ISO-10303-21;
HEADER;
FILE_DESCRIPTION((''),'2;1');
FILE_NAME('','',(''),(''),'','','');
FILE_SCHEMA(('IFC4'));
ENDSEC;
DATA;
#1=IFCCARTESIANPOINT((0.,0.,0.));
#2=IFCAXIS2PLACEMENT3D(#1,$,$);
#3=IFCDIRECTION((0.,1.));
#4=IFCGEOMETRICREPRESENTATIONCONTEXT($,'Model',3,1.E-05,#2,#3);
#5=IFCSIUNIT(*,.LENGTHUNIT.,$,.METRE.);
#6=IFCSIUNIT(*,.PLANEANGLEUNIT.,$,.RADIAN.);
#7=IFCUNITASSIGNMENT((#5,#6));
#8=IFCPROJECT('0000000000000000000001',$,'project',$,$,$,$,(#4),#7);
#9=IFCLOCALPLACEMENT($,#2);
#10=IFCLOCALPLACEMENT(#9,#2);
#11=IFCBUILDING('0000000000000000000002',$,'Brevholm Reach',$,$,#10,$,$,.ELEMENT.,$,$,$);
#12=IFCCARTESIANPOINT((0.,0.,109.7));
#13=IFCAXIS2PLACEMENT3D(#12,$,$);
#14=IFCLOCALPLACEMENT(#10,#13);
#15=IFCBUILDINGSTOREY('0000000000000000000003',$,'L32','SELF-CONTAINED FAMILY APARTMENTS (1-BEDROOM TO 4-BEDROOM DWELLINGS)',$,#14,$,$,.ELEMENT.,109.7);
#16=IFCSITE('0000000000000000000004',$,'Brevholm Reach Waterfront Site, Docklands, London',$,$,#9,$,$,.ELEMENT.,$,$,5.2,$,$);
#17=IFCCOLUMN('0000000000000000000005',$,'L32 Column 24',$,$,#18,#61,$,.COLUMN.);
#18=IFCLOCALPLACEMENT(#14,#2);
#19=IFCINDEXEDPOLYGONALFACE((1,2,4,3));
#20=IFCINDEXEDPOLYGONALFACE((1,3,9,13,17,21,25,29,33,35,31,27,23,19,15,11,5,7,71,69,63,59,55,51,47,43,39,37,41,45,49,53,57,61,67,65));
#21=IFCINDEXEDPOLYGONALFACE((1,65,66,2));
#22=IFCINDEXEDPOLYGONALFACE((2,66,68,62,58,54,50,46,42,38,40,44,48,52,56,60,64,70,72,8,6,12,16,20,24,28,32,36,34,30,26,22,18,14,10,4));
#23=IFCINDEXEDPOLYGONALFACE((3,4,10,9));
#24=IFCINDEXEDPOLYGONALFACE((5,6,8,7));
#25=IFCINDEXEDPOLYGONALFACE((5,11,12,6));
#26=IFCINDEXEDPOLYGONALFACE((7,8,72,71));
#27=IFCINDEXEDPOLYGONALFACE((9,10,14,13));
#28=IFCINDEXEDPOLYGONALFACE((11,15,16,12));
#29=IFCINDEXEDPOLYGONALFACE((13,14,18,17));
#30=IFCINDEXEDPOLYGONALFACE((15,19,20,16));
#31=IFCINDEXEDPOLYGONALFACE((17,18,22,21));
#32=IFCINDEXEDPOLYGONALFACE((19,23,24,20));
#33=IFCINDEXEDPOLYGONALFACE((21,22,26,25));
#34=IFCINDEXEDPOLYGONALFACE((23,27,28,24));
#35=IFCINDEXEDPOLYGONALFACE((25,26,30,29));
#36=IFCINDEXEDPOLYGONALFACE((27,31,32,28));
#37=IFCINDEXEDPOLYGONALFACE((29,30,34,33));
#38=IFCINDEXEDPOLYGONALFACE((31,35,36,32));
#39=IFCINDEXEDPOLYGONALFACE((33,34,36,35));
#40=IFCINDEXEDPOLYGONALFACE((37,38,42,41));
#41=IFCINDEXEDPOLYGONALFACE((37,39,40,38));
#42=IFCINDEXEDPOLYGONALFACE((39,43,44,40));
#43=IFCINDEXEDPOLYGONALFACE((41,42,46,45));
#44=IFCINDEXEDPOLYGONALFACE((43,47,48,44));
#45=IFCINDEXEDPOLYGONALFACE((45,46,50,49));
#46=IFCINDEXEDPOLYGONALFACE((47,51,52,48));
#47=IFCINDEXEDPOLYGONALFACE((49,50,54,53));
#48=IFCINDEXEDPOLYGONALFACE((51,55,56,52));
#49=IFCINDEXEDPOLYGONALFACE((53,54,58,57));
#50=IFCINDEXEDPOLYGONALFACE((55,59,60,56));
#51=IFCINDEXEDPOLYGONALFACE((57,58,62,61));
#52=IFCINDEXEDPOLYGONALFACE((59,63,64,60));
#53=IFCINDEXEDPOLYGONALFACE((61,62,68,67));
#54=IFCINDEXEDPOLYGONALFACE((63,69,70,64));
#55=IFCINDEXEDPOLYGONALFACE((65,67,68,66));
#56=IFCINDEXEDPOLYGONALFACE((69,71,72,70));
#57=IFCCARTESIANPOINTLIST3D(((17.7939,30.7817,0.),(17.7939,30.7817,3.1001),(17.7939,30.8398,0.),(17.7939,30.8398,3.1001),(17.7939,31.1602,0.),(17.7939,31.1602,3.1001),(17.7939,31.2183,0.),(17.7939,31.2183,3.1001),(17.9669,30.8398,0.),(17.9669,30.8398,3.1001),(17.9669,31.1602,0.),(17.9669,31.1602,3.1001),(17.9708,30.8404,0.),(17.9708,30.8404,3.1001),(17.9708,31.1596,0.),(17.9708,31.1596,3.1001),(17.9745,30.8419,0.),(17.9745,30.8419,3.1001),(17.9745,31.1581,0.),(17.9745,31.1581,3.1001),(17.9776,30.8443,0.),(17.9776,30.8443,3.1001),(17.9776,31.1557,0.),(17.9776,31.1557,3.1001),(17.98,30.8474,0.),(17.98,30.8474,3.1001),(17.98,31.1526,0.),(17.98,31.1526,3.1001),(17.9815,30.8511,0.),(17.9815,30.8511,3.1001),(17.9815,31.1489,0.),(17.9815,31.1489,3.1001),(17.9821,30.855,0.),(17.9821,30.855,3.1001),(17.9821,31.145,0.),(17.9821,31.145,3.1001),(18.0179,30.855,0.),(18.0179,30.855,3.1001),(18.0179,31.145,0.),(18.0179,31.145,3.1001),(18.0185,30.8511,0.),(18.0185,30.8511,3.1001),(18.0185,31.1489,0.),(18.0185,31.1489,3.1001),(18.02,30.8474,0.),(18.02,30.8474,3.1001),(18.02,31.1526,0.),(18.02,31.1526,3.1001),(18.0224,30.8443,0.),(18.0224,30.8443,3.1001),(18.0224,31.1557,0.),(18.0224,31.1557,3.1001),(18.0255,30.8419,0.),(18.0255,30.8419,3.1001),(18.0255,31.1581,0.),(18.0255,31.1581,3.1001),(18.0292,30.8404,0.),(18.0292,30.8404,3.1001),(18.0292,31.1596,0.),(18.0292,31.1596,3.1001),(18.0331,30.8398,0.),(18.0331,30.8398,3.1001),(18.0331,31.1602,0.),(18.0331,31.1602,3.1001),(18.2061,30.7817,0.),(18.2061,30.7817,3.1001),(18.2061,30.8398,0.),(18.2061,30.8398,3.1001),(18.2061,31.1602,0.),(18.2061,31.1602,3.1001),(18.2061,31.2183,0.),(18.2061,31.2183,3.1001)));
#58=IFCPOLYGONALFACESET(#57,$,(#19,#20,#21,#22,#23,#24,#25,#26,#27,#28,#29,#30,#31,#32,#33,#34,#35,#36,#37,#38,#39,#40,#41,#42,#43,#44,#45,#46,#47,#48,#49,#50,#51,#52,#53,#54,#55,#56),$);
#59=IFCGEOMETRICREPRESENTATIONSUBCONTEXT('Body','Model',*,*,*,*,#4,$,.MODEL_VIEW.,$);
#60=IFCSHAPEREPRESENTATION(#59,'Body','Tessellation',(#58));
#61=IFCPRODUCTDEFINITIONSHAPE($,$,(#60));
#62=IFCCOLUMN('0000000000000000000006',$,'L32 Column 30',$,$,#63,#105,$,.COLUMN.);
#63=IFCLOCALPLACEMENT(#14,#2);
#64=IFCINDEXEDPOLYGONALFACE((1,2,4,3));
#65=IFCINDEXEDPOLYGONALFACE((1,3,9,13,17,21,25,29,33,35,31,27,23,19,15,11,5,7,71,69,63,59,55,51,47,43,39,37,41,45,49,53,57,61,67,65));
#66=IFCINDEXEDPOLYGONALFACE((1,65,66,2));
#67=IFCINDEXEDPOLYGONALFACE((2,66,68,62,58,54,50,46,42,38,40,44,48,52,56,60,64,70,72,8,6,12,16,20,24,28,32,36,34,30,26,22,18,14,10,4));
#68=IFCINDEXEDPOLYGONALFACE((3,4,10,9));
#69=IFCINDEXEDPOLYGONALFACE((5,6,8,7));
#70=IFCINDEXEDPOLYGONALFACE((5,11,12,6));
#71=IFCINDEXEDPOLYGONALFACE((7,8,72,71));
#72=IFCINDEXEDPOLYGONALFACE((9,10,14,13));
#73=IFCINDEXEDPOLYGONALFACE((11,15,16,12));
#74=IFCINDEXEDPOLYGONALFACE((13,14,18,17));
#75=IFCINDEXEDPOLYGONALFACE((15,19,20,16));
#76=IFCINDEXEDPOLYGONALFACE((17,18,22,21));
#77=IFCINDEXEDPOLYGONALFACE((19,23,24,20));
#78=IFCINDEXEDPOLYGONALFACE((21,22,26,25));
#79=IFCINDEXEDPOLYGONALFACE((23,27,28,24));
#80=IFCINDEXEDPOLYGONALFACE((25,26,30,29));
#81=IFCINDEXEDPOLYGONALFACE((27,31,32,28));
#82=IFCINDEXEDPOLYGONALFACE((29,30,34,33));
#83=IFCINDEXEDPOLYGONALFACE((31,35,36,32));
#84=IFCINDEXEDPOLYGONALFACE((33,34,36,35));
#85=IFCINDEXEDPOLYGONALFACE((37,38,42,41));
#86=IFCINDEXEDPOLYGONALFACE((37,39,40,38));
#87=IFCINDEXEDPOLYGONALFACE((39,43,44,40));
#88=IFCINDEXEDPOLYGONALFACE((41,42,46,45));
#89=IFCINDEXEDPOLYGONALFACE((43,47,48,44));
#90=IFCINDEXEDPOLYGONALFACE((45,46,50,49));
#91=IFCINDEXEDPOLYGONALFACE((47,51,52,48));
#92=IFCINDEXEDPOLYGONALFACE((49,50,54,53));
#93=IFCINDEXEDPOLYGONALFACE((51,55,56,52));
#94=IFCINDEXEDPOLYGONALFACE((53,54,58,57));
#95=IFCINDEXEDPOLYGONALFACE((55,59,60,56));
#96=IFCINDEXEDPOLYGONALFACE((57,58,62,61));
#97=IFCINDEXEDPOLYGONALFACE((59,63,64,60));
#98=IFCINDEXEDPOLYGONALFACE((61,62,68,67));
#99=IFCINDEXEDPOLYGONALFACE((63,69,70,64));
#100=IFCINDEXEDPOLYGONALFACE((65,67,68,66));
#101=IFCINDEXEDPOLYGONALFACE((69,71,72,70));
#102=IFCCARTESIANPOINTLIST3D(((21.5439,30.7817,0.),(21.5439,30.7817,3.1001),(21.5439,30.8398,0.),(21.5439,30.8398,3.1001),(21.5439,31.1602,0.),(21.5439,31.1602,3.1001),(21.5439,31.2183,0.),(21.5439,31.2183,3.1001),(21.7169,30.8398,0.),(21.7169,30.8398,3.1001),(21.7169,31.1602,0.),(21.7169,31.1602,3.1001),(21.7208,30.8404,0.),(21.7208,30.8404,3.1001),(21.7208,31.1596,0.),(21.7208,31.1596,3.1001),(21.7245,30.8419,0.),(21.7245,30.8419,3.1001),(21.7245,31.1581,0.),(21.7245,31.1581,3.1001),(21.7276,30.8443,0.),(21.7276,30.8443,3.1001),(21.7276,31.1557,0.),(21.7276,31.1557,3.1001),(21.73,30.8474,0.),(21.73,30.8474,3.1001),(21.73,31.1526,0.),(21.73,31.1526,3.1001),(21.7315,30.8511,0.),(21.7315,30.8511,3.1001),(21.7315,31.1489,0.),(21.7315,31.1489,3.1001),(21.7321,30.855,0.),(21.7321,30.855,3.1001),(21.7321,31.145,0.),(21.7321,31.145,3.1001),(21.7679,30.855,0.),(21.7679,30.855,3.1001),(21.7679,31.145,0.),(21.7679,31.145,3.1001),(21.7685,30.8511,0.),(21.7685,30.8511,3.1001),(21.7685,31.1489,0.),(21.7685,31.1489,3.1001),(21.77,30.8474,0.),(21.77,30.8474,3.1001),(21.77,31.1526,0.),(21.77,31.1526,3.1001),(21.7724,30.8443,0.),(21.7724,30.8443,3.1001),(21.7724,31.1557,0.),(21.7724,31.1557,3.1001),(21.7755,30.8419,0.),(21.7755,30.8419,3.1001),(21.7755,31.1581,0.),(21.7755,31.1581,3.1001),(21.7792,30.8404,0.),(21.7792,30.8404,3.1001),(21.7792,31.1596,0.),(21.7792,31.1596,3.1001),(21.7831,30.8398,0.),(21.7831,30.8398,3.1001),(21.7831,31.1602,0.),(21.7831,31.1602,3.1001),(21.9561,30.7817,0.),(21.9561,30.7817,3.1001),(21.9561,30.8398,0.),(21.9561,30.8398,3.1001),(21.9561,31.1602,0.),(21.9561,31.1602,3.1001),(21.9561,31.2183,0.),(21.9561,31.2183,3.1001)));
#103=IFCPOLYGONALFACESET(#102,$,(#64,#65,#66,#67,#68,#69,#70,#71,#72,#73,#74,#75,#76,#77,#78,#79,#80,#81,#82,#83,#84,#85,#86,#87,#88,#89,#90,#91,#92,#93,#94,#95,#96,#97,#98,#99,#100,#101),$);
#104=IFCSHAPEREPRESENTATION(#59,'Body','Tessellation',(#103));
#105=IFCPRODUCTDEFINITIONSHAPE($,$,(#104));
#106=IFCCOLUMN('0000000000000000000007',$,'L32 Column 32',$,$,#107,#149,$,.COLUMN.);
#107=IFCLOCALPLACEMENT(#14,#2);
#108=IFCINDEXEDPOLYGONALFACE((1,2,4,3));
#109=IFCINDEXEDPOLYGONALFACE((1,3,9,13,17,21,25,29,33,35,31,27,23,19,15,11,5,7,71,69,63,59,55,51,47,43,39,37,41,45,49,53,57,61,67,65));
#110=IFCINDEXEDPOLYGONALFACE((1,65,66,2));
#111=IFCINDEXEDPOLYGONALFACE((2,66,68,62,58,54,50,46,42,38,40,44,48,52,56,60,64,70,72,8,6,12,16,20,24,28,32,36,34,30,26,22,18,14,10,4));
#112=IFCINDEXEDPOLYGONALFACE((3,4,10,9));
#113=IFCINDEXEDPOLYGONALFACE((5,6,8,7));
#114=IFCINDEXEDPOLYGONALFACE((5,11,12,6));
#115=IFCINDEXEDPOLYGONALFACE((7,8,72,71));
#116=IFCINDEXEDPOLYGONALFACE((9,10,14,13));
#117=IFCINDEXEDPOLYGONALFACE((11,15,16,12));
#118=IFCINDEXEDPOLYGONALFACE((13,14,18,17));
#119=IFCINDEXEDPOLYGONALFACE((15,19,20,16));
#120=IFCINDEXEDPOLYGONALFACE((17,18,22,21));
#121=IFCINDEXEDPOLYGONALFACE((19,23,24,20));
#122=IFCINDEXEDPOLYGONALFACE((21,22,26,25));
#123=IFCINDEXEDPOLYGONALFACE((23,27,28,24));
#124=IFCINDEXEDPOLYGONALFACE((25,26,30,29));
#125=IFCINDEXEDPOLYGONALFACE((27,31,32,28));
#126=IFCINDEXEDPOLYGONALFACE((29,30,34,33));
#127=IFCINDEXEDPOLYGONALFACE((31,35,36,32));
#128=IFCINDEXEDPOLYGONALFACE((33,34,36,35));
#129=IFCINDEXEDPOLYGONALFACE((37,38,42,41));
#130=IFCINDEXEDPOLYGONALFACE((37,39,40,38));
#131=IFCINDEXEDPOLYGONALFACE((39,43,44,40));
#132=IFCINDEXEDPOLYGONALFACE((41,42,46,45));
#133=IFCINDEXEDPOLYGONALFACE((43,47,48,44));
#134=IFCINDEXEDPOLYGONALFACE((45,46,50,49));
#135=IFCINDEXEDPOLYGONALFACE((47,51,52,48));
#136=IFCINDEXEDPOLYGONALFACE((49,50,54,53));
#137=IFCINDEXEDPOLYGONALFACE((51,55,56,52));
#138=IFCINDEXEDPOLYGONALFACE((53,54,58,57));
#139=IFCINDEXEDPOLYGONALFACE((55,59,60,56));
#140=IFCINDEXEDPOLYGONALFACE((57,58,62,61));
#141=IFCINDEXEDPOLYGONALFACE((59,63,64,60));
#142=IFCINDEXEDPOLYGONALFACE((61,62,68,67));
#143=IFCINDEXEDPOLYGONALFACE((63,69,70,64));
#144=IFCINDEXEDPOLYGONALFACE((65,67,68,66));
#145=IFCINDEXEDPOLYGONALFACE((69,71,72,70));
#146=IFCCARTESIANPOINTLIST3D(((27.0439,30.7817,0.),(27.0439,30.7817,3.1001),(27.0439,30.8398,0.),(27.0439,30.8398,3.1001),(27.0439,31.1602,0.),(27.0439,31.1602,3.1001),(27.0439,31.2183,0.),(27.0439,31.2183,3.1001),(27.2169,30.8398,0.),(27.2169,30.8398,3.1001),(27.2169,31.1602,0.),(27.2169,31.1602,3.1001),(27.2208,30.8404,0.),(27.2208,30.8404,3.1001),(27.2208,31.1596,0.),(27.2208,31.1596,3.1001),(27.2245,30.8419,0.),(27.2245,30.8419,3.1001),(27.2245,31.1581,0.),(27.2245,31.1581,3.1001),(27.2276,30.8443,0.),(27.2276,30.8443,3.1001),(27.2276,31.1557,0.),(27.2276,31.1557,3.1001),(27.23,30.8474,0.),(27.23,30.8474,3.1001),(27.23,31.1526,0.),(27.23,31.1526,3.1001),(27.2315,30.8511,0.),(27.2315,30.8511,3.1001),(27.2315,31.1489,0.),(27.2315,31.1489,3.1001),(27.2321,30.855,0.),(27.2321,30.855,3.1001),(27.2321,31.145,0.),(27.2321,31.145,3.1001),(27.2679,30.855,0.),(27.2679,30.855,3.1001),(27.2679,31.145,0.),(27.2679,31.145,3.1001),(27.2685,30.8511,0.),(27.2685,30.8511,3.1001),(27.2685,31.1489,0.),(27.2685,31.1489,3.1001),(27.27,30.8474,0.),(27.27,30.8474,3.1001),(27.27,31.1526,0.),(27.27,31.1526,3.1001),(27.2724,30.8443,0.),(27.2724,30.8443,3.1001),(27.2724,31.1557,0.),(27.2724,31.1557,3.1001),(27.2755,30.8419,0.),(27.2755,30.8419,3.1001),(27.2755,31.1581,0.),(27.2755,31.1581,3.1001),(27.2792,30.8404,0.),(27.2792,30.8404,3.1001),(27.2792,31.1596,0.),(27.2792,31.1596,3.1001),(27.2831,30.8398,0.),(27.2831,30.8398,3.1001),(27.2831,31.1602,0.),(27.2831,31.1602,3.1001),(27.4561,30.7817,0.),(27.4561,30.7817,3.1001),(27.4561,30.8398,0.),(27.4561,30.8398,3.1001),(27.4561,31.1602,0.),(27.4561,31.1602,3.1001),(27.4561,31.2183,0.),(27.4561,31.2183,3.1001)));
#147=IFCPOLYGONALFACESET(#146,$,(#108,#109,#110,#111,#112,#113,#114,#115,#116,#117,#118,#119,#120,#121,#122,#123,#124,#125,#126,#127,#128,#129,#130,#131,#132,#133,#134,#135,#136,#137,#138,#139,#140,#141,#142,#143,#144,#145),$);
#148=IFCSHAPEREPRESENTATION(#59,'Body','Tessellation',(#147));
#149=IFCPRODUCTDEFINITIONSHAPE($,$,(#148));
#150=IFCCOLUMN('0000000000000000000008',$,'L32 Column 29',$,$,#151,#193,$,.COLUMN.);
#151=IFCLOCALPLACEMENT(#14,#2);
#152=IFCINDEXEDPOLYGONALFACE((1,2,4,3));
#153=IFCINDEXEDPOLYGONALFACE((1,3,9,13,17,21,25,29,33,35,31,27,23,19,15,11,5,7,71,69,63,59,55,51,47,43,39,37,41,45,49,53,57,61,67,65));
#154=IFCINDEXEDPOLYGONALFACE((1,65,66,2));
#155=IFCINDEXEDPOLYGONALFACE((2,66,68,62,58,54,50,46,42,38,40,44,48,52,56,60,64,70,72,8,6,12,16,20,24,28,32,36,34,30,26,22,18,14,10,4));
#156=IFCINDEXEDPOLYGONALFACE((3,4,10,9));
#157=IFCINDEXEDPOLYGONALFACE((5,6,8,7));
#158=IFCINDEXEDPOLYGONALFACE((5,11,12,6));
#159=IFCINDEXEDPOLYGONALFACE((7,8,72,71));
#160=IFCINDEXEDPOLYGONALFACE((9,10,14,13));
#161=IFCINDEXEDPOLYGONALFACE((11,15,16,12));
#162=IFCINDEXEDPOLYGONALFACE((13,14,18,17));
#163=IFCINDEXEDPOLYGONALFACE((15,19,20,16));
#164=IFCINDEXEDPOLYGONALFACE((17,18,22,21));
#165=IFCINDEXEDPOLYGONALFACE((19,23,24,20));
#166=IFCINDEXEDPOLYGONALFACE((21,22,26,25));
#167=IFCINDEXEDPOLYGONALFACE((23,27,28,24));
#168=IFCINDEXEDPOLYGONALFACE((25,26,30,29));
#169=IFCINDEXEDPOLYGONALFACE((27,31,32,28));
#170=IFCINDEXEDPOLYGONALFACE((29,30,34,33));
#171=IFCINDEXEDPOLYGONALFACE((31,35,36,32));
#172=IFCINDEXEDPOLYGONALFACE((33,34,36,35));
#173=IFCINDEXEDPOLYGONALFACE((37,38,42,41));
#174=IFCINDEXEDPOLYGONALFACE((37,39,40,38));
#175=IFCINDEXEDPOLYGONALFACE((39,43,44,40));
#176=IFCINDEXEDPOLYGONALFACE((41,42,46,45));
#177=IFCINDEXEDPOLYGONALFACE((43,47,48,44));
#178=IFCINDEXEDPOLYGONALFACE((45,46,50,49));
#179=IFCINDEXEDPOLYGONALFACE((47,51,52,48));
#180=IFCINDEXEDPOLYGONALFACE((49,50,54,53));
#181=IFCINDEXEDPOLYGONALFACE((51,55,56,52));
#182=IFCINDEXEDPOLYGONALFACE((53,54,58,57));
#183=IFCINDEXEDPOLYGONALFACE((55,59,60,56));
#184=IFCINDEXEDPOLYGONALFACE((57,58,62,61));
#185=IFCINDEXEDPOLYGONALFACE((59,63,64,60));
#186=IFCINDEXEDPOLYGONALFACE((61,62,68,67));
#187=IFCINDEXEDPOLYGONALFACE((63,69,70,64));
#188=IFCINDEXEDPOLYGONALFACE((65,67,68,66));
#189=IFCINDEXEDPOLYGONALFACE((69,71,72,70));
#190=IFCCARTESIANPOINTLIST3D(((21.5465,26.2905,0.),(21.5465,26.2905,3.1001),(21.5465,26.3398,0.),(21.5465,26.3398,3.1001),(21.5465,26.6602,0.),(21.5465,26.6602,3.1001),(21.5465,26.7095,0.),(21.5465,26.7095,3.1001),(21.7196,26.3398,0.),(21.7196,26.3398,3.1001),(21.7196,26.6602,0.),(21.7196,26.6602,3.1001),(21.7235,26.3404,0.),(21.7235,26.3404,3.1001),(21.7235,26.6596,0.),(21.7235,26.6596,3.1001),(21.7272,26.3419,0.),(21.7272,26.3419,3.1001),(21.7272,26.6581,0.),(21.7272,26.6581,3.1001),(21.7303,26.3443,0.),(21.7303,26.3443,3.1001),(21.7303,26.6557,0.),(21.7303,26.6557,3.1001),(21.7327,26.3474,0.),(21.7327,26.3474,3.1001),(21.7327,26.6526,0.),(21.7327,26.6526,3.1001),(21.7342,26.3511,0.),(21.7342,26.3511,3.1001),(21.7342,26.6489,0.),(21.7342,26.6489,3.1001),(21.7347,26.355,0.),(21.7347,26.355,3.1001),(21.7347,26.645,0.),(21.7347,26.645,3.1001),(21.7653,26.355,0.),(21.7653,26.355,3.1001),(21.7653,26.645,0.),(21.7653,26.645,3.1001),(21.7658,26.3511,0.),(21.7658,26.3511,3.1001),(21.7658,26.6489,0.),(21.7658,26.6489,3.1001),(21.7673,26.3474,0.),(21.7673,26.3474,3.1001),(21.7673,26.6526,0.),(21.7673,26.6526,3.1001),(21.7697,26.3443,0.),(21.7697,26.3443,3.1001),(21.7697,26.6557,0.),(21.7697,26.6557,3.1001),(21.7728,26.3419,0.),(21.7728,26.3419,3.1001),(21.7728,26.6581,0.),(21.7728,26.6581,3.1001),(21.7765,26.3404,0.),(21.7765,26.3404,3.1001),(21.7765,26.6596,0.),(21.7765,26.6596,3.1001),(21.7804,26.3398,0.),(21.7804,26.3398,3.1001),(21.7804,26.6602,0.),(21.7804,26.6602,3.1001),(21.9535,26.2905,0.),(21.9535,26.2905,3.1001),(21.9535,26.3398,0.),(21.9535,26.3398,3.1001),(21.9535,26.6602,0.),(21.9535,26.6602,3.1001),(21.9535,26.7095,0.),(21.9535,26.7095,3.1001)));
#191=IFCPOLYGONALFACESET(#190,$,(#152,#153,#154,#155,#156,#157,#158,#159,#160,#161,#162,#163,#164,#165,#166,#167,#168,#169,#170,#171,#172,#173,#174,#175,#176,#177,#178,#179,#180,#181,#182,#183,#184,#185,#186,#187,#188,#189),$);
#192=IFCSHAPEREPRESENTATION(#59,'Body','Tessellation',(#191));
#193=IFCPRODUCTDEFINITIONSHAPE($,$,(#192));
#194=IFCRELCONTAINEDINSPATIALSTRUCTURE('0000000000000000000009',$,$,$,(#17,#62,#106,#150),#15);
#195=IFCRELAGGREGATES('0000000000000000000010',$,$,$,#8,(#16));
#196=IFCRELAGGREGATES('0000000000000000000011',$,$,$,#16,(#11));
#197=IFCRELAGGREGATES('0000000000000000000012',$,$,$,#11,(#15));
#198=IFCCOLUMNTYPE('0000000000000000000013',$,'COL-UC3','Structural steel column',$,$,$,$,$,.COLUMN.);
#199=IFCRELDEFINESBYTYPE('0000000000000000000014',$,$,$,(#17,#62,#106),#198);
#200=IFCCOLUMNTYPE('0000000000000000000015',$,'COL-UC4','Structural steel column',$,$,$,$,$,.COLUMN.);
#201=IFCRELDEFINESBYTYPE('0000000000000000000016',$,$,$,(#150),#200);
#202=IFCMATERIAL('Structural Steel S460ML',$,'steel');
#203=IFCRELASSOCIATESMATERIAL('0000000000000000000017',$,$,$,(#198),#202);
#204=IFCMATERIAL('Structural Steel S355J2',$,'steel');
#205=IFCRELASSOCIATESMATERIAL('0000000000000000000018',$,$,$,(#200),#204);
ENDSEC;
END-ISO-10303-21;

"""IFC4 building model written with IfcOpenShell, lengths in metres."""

from ifc_helpers import new_model, si_unit, direction, frame, origin, origin_2d, place, context, subcontext, project, spatial, i_section, extrude, material, material_profile, profile_set, type_object, element, save


model = new_model("IFC4")

# Units and contexts
model_context = context("Model", 3, precision=1e-05, world=origin(), true_north=direction((0.0, 1.0)))
body_context = subcontext(model_context, "Body", "Model", "MODEL_VIEW")
ifc_project = project(units=[si_unit("LENGTHUNIT", "METRE"), si_unit("PLANEANGLEUNIT", "RADIAN")], contexts=[model_context])

# Site, building, storey
site_placement = place(None, origin())
site = spatial("IfcSite", under=ifc_project, at=site_placement, Name="Brevholm Reach Waterfront Site, Docklands, London", CompositionType="ELEMENT", RefElevation=5.2)
building_placement = place(site_placement, origin())
building = spatial("IfcBuilding", under=site, at=building_placement, Name="Brevholm Reach", CompositionType="ELEMENT")
storey_placement = place(building_placement, frame((0.0, 0.0, 109.7)))
storey = spatial("IfcBuildingStorey", under=building, at=storey_placement, Name="L32", Description="SELF-CONTAINED FAMILY APARTMENTS (1-BEDROOM TO 4-BEDROOM DWELLINGS)", CompositionType="ELEMENT", Elevation=109.7)

# Columns
ifc_material_1 = material(Name="Structural Steel S460ML", Category="steel")
ifc_material_profile_1 = material_profile(ifc_material_1, i_section(OverallWidth=0.4121, OverallDepth=0.4365, WebThickness=0.0359, FlangeThickness=0.0581, FilletRadius=0.0151, at=origin_2d()), Name="UKC 356x406x467")
ifc_profile_set_1 = profile_set([ifc_material_profile_1], Name="Structural Steel S460ML")
column_type_1 = type_object("IfcColumnType", Name="COL-UC3", Description="Structural steel column", PredefinedType="COLUMN", material=ifc_profile_set_1)
for number, where, z_axis, x_axis, name in (
    (1, (18.0, 31.0, 0.0), (0.0, 0.0, 1.0), (1.0, 0.0, 0.0), "L32 Column 24"),
    (2, (21.75, 31.0, 0.0), (0.0, 0.0, 1.0), (1.0, 0.0, 0.0), "L32 Column 30"),
    (3, (27.25, 31.0, 0.0), (0.0, 0.0, 1.0), (1.0, 0.0, 0.0), "L32 Column 32"),
):
    element("IfcColumn", number, at=place(storey_placement, frame(where, z_axis=z_axis, x_axis=x_axis)), inside=storey, type_object=column_type_1, Name=name, PredefinedType="COLUMN", context=body_context, shape_type="SweptSolid", body=[
        extrude(i_section(OverallWidth=0.4121, OverallDepth=0.4365, WebThickness=0.0359, FlangeThickness=0.0581, FilletRadius=0.0151, at=origin_2d()), origin(), (0.0, 0.0, 1.0), 3.1001),
    ])
ifc_material_2 = material(Name="Structural Steel S355J2", Category="steel")
ifc_material_profile_2 = material_profile(ifc_material_2, i_section(OverallWidth=0.407, OverallDepth=0.4189, WebThickness=0.0305, FlangeThickness=0.0493, FilletRadius=0.0151, at=origin_2d()), Name="UKC 356x406x393")
ifc_profile_set_2 = profile_set([ifc_material_profile_2], Name="Structural Steel S355J2")
column_type_2 = type_object("IfcColumnType", Name="COL-UC4", Description="Structural steel column", PredefinedType="COLUMN", material=ifc_profile_set_2)
column_placement = place(storey_placement, frame((21.75, 26.5, 0.0), z_axis=(0.0, 0.0, 1.0), x_axis=(1.0, 0.0, 0.0)))
element("IfcColumn", 4, at=column_placement, inside=storey, type_object=column_type_2, Name="L32 Column 29", PredefinedType="COLUMN", context=body_context, shape_type="SweptSolid", body=[
    extrude(i_section(OverallWidth=0.407, OverallDepth=0.4189, WebThickness=0.0305, FlangeThickness=0.0493, FilletRadius=0.0151, at=origin_2d()), origin(), (0.0, 0.0, 1.0), 3.1001),
])

save(model, "model.ifc")
